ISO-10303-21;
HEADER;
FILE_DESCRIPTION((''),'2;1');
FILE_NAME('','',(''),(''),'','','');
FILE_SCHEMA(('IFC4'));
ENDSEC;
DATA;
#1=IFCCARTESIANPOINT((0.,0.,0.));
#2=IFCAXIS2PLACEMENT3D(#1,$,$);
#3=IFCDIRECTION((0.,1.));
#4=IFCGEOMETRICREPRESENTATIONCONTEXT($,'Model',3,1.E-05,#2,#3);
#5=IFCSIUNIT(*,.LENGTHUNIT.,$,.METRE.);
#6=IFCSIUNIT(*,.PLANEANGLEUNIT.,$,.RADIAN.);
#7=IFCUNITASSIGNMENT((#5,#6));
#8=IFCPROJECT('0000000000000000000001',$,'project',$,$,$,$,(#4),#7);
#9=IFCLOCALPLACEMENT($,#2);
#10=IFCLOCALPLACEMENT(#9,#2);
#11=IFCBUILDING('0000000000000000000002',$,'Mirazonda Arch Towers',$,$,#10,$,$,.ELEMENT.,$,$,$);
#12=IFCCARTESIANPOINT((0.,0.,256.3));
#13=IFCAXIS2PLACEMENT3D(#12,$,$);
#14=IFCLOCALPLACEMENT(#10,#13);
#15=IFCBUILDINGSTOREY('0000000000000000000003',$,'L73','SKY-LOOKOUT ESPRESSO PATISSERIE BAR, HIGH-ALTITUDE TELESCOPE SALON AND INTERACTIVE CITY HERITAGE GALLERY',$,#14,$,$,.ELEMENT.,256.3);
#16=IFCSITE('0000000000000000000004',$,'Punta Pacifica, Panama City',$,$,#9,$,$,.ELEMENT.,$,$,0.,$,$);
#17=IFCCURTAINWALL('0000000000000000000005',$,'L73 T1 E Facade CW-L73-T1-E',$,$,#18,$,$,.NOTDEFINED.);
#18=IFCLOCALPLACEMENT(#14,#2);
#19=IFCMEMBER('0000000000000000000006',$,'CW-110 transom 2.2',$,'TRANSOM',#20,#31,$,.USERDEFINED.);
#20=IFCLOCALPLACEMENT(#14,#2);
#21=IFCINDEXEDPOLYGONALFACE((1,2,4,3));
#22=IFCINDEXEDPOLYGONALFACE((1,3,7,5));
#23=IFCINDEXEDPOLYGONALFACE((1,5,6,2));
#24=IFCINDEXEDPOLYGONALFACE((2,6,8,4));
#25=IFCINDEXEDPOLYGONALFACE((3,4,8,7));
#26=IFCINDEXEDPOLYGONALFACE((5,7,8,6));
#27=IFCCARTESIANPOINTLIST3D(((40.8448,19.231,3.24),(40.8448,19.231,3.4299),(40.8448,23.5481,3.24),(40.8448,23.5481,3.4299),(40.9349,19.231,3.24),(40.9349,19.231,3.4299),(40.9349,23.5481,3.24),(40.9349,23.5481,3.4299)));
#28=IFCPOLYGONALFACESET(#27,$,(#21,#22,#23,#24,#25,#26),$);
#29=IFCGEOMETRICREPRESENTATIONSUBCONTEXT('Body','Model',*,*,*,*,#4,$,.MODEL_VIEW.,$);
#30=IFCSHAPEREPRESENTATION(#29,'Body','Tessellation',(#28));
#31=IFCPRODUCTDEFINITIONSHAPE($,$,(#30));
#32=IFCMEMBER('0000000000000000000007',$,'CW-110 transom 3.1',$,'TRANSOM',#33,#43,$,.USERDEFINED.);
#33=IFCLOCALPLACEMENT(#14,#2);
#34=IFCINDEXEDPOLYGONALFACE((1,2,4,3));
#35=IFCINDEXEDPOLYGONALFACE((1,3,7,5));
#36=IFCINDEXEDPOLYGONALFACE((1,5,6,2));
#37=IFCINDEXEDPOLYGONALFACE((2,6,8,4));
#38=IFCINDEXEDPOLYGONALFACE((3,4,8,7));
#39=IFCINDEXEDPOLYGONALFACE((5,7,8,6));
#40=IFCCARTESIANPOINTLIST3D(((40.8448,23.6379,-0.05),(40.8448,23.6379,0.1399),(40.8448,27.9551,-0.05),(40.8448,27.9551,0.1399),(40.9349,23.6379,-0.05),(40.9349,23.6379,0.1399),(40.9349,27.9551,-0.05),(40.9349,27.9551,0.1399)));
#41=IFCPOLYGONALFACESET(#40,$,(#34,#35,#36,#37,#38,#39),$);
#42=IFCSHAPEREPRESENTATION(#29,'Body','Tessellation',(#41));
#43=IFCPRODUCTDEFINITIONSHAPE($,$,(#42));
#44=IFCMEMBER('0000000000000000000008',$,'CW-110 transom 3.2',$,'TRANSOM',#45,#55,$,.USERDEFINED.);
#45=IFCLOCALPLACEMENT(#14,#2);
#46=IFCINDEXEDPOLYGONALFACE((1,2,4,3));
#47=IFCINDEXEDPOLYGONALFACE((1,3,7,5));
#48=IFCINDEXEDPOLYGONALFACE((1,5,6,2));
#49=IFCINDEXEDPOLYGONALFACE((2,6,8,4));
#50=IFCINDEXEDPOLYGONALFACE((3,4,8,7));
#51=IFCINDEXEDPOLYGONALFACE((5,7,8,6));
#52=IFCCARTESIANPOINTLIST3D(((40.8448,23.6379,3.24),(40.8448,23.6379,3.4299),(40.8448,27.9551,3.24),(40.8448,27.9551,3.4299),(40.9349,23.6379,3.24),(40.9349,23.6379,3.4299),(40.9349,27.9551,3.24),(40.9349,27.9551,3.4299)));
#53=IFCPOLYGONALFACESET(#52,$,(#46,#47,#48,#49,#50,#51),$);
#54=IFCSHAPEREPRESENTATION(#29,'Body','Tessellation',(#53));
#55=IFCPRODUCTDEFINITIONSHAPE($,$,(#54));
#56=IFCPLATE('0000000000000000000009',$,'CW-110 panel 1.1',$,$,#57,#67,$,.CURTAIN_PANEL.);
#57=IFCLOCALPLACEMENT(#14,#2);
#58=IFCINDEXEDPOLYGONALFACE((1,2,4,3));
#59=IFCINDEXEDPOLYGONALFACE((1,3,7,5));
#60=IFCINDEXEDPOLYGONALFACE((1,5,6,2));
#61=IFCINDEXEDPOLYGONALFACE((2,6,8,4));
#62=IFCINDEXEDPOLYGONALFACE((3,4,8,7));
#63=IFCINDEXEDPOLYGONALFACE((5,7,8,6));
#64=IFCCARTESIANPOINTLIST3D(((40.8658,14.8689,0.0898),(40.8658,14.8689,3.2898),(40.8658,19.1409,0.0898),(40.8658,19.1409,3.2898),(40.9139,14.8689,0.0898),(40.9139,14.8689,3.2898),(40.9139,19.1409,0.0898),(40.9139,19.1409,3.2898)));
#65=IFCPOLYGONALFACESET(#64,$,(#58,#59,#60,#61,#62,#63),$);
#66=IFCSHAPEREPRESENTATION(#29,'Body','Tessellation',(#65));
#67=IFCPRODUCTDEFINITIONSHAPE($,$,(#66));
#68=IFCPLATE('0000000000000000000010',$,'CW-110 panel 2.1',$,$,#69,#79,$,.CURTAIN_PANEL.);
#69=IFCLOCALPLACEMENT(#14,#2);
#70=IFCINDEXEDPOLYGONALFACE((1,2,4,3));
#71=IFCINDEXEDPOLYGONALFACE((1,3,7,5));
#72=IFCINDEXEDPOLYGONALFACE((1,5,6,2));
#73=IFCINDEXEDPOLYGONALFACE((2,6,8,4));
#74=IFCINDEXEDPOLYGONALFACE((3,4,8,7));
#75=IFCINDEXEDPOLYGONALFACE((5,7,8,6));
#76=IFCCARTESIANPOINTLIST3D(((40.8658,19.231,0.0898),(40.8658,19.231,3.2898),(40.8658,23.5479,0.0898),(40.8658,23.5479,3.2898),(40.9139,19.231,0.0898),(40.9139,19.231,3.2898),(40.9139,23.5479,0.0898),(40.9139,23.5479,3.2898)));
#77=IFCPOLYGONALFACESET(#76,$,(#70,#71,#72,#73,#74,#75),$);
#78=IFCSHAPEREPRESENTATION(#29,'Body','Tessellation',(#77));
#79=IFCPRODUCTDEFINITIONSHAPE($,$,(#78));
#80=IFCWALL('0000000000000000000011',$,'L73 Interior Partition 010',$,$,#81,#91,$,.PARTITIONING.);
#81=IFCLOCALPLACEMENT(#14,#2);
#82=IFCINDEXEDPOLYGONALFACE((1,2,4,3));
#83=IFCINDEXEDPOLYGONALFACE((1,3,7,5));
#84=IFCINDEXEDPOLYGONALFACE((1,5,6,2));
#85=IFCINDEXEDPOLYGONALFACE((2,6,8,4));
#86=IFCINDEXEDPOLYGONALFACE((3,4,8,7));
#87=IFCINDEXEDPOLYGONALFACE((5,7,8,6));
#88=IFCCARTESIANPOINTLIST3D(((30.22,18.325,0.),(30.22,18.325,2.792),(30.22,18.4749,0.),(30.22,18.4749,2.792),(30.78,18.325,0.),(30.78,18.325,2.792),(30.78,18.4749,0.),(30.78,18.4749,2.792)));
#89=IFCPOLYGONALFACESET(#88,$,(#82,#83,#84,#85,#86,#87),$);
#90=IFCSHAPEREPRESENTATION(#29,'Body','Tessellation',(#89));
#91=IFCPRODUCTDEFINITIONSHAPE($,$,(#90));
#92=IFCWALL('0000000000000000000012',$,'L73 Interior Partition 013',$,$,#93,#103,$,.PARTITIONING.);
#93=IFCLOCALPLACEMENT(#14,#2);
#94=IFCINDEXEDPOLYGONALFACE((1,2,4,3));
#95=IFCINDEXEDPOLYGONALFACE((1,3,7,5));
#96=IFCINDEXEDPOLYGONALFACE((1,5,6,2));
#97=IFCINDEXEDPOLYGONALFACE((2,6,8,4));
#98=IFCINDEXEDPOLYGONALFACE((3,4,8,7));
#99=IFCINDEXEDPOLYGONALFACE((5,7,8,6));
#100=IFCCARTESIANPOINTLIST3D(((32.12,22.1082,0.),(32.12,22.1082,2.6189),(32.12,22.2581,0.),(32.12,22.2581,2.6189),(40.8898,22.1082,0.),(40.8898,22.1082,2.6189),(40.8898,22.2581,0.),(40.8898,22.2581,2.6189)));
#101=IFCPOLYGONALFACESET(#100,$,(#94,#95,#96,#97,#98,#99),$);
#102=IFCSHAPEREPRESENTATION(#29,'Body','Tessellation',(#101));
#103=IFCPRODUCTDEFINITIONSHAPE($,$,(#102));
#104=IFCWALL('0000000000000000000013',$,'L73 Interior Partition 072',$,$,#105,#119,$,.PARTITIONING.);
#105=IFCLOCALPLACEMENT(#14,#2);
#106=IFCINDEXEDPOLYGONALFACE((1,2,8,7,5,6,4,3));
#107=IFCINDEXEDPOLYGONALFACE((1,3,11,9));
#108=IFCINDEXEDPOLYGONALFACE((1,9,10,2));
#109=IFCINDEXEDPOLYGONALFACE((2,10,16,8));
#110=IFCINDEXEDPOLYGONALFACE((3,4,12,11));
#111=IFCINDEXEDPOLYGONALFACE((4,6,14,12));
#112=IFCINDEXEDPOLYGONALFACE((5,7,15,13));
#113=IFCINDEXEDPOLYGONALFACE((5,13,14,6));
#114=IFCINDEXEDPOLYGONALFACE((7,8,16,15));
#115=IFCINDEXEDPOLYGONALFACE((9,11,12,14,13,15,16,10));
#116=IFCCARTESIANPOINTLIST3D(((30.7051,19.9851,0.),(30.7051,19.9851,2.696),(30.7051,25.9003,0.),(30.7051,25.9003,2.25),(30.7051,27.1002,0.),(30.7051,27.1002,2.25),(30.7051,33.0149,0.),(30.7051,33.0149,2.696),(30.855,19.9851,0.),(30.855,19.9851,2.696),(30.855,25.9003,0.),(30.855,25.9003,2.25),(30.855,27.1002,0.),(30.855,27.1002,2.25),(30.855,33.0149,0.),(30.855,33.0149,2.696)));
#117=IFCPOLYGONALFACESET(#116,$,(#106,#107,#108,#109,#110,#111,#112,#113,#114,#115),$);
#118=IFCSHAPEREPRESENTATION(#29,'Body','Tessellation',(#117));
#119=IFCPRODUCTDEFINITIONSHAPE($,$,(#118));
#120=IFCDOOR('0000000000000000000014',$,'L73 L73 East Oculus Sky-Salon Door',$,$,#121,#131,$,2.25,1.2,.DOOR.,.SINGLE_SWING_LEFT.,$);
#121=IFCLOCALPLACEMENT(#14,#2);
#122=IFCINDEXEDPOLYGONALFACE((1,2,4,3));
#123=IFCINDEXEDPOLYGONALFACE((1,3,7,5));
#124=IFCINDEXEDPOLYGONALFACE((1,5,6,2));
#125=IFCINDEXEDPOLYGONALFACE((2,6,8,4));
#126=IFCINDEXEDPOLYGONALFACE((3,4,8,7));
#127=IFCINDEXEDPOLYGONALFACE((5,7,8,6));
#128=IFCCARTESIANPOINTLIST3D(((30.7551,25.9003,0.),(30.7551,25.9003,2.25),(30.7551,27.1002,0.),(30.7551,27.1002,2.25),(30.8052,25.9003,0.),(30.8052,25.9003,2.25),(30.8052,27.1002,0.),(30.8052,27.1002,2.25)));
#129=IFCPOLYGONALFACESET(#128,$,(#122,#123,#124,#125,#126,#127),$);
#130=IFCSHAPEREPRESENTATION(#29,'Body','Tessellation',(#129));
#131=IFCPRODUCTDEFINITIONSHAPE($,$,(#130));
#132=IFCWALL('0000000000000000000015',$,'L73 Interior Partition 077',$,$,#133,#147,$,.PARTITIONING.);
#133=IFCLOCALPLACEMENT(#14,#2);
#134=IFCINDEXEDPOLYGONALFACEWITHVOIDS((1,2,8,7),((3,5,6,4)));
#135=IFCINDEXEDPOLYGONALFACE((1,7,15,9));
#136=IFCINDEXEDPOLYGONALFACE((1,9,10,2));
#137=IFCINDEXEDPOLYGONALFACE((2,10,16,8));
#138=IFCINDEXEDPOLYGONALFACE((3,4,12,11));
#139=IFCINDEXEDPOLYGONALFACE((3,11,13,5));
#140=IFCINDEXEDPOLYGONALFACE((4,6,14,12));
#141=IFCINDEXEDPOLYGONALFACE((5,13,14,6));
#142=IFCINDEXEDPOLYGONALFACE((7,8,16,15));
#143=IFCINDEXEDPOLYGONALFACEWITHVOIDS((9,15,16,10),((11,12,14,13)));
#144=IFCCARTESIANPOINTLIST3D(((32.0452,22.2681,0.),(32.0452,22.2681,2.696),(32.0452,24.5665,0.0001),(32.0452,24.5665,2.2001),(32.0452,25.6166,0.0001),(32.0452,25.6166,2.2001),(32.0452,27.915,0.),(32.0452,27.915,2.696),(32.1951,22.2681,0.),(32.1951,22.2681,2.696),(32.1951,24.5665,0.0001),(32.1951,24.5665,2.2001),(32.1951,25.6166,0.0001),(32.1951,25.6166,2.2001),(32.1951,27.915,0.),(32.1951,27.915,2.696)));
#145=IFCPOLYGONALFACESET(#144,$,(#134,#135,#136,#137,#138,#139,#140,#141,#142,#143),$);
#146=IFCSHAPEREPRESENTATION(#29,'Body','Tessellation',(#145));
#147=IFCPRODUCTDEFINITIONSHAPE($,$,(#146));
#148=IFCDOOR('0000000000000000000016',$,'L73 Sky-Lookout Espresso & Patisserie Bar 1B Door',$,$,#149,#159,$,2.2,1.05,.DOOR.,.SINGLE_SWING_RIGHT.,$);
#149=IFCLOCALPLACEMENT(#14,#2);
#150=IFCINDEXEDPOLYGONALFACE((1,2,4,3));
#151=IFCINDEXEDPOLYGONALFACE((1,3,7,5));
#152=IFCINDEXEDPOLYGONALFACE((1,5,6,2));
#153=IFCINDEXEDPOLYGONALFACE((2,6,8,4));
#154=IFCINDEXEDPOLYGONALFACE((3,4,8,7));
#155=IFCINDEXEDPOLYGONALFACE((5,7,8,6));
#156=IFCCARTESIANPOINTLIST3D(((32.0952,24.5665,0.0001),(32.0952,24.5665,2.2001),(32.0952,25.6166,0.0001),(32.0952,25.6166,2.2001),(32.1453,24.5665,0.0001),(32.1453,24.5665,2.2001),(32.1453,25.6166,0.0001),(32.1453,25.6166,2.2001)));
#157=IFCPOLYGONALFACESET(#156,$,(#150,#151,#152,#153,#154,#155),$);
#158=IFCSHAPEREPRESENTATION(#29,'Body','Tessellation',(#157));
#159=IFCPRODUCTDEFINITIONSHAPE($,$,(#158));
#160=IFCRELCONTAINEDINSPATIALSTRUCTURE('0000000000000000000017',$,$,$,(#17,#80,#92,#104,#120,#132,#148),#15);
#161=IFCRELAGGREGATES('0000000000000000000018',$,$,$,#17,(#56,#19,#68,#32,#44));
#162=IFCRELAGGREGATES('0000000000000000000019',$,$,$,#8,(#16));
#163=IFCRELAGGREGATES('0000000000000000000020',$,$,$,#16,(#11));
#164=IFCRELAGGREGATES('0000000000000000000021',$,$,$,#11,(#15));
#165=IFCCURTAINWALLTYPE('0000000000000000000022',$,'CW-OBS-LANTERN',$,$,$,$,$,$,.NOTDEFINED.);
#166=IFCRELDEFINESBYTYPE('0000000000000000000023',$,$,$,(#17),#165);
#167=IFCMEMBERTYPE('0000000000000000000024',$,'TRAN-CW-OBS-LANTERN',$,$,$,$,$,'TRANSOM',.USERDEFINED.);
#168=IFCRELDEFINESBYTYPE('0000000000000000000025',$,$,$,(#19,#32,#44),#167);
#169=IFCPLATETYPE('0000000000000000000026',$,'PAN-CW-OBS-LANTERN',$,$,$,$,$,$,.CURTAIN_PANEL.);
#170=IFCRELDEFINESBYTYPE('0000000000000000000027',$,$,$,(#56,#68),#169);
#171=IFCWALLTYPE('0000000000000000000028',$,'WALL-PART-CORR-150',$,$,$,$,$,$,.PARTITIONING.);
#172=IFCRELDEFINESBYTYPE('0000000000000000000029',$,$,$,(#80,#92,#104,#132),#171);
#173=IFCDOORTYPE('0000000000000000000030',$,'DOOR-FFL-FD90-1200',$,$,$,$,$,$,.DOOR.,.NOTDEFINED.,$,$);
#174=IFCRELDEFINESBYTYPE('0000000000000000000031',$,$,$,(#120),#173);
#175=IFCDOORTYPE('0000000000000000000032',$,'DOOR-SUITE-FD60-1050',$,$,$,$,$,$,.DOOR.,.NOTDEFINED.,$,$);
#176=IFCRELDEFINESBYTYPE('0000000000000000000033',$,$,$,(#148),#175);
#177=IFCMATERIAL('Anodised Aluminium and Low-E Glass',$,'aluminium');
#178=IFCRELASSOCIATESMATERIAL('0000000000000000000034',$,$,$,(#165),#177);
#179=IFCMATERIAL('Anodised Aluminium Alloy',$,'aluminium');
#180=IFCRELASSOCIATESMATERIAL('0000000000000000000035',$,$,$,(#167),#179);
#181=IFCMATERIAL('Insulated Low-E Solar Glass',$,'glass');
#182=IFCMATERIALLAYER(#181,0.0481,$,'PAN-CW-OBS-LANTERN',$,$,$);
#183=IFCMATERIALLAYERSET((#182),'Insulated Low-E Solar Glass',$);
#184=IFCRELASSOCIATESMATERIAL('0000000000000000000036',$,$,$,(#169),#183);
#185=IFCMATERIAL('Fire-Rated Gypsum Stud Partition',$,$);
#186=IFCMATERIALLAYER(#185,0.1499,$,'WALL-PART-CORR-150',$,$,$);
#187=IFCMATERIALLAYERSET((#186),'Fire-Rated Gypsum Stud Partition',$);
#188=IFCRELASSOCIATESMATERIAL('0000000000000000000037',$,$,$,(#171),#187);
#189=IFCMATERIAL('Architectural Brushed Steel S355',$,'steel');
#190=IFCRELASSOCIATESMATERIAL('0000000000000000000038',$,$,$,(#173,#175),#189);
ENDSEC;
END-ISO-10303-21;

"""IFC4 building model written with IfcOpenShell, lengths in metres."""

from ifc_helpers import new_model, si_unit, direction, frame, frame_2d, origin, origin_2d, place, context, subcontext, project, spatial, rectangle, extrude, material, layer, layer_set, material_profile, profile_set, type_object, element, fill, aggregate, save


model = new_model("IFC4")

# Units and contexts
model_context = context("Model", 3, precision=1e-05, world=origin(), true_north=direction((0.0, 1.0)))
body_context = subcontext(model_context, "Body", "Model", "MODEL_VIEW")
ifc_project = project(units=[si_unit("LENGTHUNIT", "METRE"), si_unit("PLANEANGLEUNIT", "RADIAN")], contexts=[model_context])

# Site, building, storey
site_placement = place(None, origin())
site = spatial("IfcSite", under=ifc_project, at=site_placement, Name="Punta Pacifica, Panama City", CompositionType="ELEMENT", RefElevation=0.0)
building_placement = place(site_placement, origin())
building = spatial("IfcBuilding", under=site, at=building_placement, Name="Mirazonda Arch Towers", CompositionType="ELEMENT")
storey_placement = place(building_placement, frame((0.0, 0.0, 256.3)))
storey = spatial("IfcBuildingStorey", under=building, at=storey_placement, Name="L73", Description="SKY-LOOKOUT ESPRESSO PATISSERIE BAR, HIGH-ALTITUDE TELESCOPE SALON AND INTERACTIVE CITY HERITAGE GALLERY", CompositionType="ELEMENT", Elevation=256.3)

# Curtain wall, members, plates
ifc_material_1 = material(Name="Anodised Aluminium and Low-E Glass", Category="aluminium")
curtain_wall_type = type_object("IfcCurtainWallType", Name="CW-OBS-LANTERN", PredefinedType="NOTDEFINED", material=ifc_material_1)
curtain_wall_placement = place(storey_placement, origin())
curtain_wall = element("IfcCurtainWall", 1, at=curtain_wall_placement, inside=storey, type_object=curtain_wall_type, Name="L73 T1 E Facade CW-L73-T1-E", PredefinedType="NOTDEFINED")
ifc_material_2 = material(Name="Anodised Aluminium Alloy", Category="aluminium")
ifc_material_profile_1 = material_profile(ifc_material_2, rectangle(XDim=0.0901, YDim=0.1899, at=origin_2d()), Name="ALU-TRAN-90x190")
ifc_profile_set_1 = profile_set([ifc_material_profile_1], Name="Anodised Aluminium Alloy")
member_type_1 = type_object("IfcMemberType", Name="TRAN-CW-OBS-LANTERN", ElementType="TRANSOM", PredefinedType="USERDEFINED", material=ifc_profile_set_1)
member_1_placement = place(storey_placement, frame((40.8899, 19.231, 3.335), z_axis=(0.0, 1.0, 0.0), x_axis=(-1.0, 0.0, 0.0)))
member_1 = element("IfcMember", 2, at=member_1_placement, type_object=member_type_1, Name="CW-110 transom 2.2", ObjectType="TRANSOM", PredefinedType="USERDEFINED", context=body_context, shape_type="SweptSolid", body=[
    extrude(rectangle(XDim=0.0901, YDim=0.1899, at=origin_2d()), origin(), (0.0, 0.0, 1.0), 4.3171),
])
member_2_placement = place(storey_placement, frame((40.8899, 23.6379, 0.0449), z_axis=(0.0, 1.0, 0.0), x_axis=(-1.0, 0.0, 0.0)))
member_2 = element("IfcMember", 3, at=member_2_placement, type_object=member_type_1, Name="CW-110 transom 3.1", ObjectType="TRANSOM", PredefinedType="USERDEFINED", context=body_context, shape_type="SweptSolid", body=[
    extrude(rectangle(XDim=0.0901, YDim=0.1899, at=origin_2d()), origin(), (0.0, 0.0, 1.0), 4.3171),
])
member_3_placement = place(storey_placement, frame((40.8899, 23.6379, 3.335), z_axis=(0.0, 1.0, 0.0), x_axis=(-1.0, 0.0, 0.0)))
member_3 = element("IfcMember", 4, at=member_3_placement, type_object=member_type_1, Name="CW-110 transom 3.2", ObjectType="TRANSOM", PredefinedType="USERDEFINED", context=body_context, shape_type="SweptSolid", body=[
    extrude(rectangle(XDim=0.0901, YDim=0.1899, at=origin_2d()), origin(), (0.0, 0.0, 1.0), 4.3171),
])
ifc_material_3 = material(Name="Insulated Low-E Solar Glass", Category="glass")
ifc_layer_1 = layer(ifc_material_3, 0.0481, Name="PAN-CW-OBS-LANTERN")
ifc_layer_set_1 = layer_set([ifc_layer_1], Name="Insulated Low-E Solar Glass")
plate_type = type_object("IfcPlateType", Name="PAN-CW-OBS-LANTERN", PredefinedType="CURTAIN_PANEL", material=ifc_layer_set_1)
plate_1_placement = place(storey_placement, frame((40.8899, 17.0049, 0.0898), z_axis=(0.0, 0.0, 1.0), x_axis=(0.0, 1.0, 0.0)))
plate_1 = element("IfcPlate", 5, at=plate_1_placement, type_object=plate_type, Name="CW-110 panel 1.1", PredefinedType="CURTAIN_PANEL", context=body_context, shape_type="SweptSolid", body=[
    extrude(rectangle(XDim=4.272, YDim=0.0481, at=origin_2d()), origin(), (0.0, 0.0, 1.0), 3.2),
])
plate_2_placement = place(storey_placement, frame((40.8899, 21.3894, 0.0898), z_axis=(0.0, 0.0, 1.0), x_axis=(0.0, 1.0, 0.0)))
plate_2 = element("IfcPlate", 6, at=plate_2_placement, type_object=plate_type, Name="CW-110 panel 2.1", PredefinedType="CURTAIN_PANEL", context=body_context, shape_type="SweptSolid", body=[
    extrude(rectangle(XDim=4.3169, YDim=0.0481, at=origin_2d()), origin(), (0.0, 0.0, 1.0), 3.2),
])
aggregate(curtain_wall, [plate_1, member_1, plate_2, member_2, member_3])

# Walls
ifc_material_4 = material(Name="Fire-Rated Gypsum Stud Partition")
ifc_layer_2 = layer(ifc_material_4, 0.1499, Name="WALL-PART-CORR-150")
ifc_layer_set_2 = layer_set([ifc_layer_2], Name="Fire-Rated Gypsum Stud Partition")
wall_type = type_object("IfcWallType", Name="WALL-PART-CORR-150", PredefinedType="PARTITIONING", material=ifc_layer_set_2)
wall_1_placement = place(storey_placement, frame((30.22, 18.3999, 0.0), z_axis=(0.0, 0.0, 1.0), x_axis=(1.0, 0.0, 0.0)))
element("IfcWall", 7, at=wall_1_placement, inside=storey, type_object=wall_type, Name="L73 Interior Partition 010", PredefinedType="PARTITIONING", context=body_context, shape_type="SweptSolid", body=[
    extrude(rectangle(XDim=0.5601, YDim=0.1499, at=frame_2d((0.28, 0.0))), origin(), (0.0, 0.0, 1.0), 2.792),
])
wall_2_placement = place(storey_placement, frame((32.1201, 22.1831, 0.0), z_axis=(0.0, 0.0, 1.0), x_axis=(1.0, 0.0, 0.0)))
element("IfcWall", 8, at=wall_2_placement, inside=storey, type_object=wall_type, Name="L73 Interior Partition 013", PredefinedType="PARTITIONING", context=body_context, shape_type="SweptSolid", body=[
    extrude(rectangle(XDim=8.7698, YDim=0.1499, at=frame_2d((4.3848, 0.0))), origin(), (0.0, 0.0, 1.0), 2.6189),
])

# Walls, openings, doors
wall_3_placement = place(storey_placement, frame((30.78, 19.9851, 0.0), z_axis=(0.0, 0.0, 1.0), x_axis=(0.0, 1.0, 0.0)))
wall_3 = element("IfcWall", 9, at=wall_3_placement, inside=storey, type_object=wall_type, Name="L73 Interior Partition 072", PredefinedType="PARTITIONING", context=body_context, shape_type="SweptSolid", body=[
    extrude(rectangle(XDim=13.0298, YDim=0.1499, at=frame_2d((6.5149, 0.0))), origin(), (0.0, 0.0, 1.0), 2.696),
])
opening_1_placement = place(wall_3_placement, frame((5.915, 0.0, 0.0)))
opening_1 = element("IfcOpeningElement", 10, at=opening_1_placement, cuts=wall_3, PredefinedType="OPENING", context=body_context, shape_type="SweptSolid", body=[
    extrude(rectangle(XDim=1.2, YDim=2.25, at=frame_2d((0.6001, 1.125))), frame((0.0, 0.085, 0.0), z_axis=(0.0, -1.0, 0.0), x_axis=(1.0, 0.0, 0.0)), (0.0, 0.0, 1.0), 0.1699),
])
ifc_material_5 = material(Name="Architectural Brushed Steel S355", Category="steel")
door_type_1 = type_object("IfcDoorType", Name="DOOR-FFL-FD90-1200", OperationType="NOTDEFINED", PredefinedType="DOOR", material=ifc_material_5)
door_1_placement = place(opening_1_placement, origin())
door_1 = element("IfcDoor", 11, at=door_1_placement, inside=storey, type_object=door_type_1, Name="L73 L73 East Oculus Sky-Salon Door", OperationType="SINGLE_SWING_LEFT", OverallHeight=2.25, OverallWidth=1.2, PredefinedType="DOOR", context=body_context, shape_type="SweptSolid", body=[
    extrude(rectangle(XDim=1.2, YDim=2.25, at=frame_2d((0.6001, 1.125))), frame((0.0, 0.0249, 0.0), z_axis=(0.0, -1.0, 0.0), x_axis=(1.0, 0.0, 0.0)), (0.0, 0.0, 1.0), 0.05),
])
fill(opening_1, door_1)
wall_4_placement = place(storey_placement, frame((32.1201, 22.2681, 0.0), z_axis=(0.0, 0.0, 1.0), x_axis=(0.0, 1.0, 0.0)))
wall_4 = element("IfcWall", 12, at=wall_4_placement, inside=storey, type_object=wall_type, Name="L73 Interior Partition 077", PredefinedType="PARTITIONING", context=body_context, shape_type="SweptSolid", body=[
    extrude(rectangle(XDim=5.647, YDim=0.1499, at=frame_2d((2.8235, 0.0))), origin(), (0.0, 0.0, 1.0), 2.696),
])
opening_2_placement = place(wall_4_placement, frame((2.2986, 0.0, 0.0)))
opening_2 = element("IfcOpeningElement", 13, at=opening_2_placement, cuts=wall_4, PredefinedType="OPENING", context=body_context, shape_type="SweptSolid", body=[
    extrude(rectangle(XDim=1.05, YDim=2.2, at=frame_2d((0.5249, 1.1001))), frame((0.0, 0.085, 0.0), z_axis=(0.0, -1.0, 0.0), x_axis=(1.0, 0.0, 0.0)), (0.0, 0.0, 1.0), 0.1699),
])
door_type_2 = type_object("IfcDoorType", Name="DOOR-SUITE-FD60-1050", OperationType="NOTDEFINED", PredefinedType="DOOR", material=ifc_material_5)
door_2_placement = place(opening_2_placement, origin())
door_2 = element("IfcDoor", 14, at=door_2_placement, inside=storey, type_object=door_type_2, Name="L73 Sky-Lookout Espresso & Patisserie Bar 1B Door", OperationType="SINGLE_SWING_RIGHT", OverallHeight=2.2, OverallWidth=1.05, PredefinedType="DOOR", context=body_context, shape_type="SweptSolid", body=[
    extrude(rectangle(XDim=1.05, YDim=2.2, at=frame_2d((0.5249, 1.1001))), frame((0.0, 0.0249, 0.0), z_axis=(0.0, -1.0, 0.0), x_axis=(1.0, 0.0, 0.0)), (0.0, 0.0, 1.0), 0.05),
])
fill(opening_2, door_2)

save(model, "model.ifc")
